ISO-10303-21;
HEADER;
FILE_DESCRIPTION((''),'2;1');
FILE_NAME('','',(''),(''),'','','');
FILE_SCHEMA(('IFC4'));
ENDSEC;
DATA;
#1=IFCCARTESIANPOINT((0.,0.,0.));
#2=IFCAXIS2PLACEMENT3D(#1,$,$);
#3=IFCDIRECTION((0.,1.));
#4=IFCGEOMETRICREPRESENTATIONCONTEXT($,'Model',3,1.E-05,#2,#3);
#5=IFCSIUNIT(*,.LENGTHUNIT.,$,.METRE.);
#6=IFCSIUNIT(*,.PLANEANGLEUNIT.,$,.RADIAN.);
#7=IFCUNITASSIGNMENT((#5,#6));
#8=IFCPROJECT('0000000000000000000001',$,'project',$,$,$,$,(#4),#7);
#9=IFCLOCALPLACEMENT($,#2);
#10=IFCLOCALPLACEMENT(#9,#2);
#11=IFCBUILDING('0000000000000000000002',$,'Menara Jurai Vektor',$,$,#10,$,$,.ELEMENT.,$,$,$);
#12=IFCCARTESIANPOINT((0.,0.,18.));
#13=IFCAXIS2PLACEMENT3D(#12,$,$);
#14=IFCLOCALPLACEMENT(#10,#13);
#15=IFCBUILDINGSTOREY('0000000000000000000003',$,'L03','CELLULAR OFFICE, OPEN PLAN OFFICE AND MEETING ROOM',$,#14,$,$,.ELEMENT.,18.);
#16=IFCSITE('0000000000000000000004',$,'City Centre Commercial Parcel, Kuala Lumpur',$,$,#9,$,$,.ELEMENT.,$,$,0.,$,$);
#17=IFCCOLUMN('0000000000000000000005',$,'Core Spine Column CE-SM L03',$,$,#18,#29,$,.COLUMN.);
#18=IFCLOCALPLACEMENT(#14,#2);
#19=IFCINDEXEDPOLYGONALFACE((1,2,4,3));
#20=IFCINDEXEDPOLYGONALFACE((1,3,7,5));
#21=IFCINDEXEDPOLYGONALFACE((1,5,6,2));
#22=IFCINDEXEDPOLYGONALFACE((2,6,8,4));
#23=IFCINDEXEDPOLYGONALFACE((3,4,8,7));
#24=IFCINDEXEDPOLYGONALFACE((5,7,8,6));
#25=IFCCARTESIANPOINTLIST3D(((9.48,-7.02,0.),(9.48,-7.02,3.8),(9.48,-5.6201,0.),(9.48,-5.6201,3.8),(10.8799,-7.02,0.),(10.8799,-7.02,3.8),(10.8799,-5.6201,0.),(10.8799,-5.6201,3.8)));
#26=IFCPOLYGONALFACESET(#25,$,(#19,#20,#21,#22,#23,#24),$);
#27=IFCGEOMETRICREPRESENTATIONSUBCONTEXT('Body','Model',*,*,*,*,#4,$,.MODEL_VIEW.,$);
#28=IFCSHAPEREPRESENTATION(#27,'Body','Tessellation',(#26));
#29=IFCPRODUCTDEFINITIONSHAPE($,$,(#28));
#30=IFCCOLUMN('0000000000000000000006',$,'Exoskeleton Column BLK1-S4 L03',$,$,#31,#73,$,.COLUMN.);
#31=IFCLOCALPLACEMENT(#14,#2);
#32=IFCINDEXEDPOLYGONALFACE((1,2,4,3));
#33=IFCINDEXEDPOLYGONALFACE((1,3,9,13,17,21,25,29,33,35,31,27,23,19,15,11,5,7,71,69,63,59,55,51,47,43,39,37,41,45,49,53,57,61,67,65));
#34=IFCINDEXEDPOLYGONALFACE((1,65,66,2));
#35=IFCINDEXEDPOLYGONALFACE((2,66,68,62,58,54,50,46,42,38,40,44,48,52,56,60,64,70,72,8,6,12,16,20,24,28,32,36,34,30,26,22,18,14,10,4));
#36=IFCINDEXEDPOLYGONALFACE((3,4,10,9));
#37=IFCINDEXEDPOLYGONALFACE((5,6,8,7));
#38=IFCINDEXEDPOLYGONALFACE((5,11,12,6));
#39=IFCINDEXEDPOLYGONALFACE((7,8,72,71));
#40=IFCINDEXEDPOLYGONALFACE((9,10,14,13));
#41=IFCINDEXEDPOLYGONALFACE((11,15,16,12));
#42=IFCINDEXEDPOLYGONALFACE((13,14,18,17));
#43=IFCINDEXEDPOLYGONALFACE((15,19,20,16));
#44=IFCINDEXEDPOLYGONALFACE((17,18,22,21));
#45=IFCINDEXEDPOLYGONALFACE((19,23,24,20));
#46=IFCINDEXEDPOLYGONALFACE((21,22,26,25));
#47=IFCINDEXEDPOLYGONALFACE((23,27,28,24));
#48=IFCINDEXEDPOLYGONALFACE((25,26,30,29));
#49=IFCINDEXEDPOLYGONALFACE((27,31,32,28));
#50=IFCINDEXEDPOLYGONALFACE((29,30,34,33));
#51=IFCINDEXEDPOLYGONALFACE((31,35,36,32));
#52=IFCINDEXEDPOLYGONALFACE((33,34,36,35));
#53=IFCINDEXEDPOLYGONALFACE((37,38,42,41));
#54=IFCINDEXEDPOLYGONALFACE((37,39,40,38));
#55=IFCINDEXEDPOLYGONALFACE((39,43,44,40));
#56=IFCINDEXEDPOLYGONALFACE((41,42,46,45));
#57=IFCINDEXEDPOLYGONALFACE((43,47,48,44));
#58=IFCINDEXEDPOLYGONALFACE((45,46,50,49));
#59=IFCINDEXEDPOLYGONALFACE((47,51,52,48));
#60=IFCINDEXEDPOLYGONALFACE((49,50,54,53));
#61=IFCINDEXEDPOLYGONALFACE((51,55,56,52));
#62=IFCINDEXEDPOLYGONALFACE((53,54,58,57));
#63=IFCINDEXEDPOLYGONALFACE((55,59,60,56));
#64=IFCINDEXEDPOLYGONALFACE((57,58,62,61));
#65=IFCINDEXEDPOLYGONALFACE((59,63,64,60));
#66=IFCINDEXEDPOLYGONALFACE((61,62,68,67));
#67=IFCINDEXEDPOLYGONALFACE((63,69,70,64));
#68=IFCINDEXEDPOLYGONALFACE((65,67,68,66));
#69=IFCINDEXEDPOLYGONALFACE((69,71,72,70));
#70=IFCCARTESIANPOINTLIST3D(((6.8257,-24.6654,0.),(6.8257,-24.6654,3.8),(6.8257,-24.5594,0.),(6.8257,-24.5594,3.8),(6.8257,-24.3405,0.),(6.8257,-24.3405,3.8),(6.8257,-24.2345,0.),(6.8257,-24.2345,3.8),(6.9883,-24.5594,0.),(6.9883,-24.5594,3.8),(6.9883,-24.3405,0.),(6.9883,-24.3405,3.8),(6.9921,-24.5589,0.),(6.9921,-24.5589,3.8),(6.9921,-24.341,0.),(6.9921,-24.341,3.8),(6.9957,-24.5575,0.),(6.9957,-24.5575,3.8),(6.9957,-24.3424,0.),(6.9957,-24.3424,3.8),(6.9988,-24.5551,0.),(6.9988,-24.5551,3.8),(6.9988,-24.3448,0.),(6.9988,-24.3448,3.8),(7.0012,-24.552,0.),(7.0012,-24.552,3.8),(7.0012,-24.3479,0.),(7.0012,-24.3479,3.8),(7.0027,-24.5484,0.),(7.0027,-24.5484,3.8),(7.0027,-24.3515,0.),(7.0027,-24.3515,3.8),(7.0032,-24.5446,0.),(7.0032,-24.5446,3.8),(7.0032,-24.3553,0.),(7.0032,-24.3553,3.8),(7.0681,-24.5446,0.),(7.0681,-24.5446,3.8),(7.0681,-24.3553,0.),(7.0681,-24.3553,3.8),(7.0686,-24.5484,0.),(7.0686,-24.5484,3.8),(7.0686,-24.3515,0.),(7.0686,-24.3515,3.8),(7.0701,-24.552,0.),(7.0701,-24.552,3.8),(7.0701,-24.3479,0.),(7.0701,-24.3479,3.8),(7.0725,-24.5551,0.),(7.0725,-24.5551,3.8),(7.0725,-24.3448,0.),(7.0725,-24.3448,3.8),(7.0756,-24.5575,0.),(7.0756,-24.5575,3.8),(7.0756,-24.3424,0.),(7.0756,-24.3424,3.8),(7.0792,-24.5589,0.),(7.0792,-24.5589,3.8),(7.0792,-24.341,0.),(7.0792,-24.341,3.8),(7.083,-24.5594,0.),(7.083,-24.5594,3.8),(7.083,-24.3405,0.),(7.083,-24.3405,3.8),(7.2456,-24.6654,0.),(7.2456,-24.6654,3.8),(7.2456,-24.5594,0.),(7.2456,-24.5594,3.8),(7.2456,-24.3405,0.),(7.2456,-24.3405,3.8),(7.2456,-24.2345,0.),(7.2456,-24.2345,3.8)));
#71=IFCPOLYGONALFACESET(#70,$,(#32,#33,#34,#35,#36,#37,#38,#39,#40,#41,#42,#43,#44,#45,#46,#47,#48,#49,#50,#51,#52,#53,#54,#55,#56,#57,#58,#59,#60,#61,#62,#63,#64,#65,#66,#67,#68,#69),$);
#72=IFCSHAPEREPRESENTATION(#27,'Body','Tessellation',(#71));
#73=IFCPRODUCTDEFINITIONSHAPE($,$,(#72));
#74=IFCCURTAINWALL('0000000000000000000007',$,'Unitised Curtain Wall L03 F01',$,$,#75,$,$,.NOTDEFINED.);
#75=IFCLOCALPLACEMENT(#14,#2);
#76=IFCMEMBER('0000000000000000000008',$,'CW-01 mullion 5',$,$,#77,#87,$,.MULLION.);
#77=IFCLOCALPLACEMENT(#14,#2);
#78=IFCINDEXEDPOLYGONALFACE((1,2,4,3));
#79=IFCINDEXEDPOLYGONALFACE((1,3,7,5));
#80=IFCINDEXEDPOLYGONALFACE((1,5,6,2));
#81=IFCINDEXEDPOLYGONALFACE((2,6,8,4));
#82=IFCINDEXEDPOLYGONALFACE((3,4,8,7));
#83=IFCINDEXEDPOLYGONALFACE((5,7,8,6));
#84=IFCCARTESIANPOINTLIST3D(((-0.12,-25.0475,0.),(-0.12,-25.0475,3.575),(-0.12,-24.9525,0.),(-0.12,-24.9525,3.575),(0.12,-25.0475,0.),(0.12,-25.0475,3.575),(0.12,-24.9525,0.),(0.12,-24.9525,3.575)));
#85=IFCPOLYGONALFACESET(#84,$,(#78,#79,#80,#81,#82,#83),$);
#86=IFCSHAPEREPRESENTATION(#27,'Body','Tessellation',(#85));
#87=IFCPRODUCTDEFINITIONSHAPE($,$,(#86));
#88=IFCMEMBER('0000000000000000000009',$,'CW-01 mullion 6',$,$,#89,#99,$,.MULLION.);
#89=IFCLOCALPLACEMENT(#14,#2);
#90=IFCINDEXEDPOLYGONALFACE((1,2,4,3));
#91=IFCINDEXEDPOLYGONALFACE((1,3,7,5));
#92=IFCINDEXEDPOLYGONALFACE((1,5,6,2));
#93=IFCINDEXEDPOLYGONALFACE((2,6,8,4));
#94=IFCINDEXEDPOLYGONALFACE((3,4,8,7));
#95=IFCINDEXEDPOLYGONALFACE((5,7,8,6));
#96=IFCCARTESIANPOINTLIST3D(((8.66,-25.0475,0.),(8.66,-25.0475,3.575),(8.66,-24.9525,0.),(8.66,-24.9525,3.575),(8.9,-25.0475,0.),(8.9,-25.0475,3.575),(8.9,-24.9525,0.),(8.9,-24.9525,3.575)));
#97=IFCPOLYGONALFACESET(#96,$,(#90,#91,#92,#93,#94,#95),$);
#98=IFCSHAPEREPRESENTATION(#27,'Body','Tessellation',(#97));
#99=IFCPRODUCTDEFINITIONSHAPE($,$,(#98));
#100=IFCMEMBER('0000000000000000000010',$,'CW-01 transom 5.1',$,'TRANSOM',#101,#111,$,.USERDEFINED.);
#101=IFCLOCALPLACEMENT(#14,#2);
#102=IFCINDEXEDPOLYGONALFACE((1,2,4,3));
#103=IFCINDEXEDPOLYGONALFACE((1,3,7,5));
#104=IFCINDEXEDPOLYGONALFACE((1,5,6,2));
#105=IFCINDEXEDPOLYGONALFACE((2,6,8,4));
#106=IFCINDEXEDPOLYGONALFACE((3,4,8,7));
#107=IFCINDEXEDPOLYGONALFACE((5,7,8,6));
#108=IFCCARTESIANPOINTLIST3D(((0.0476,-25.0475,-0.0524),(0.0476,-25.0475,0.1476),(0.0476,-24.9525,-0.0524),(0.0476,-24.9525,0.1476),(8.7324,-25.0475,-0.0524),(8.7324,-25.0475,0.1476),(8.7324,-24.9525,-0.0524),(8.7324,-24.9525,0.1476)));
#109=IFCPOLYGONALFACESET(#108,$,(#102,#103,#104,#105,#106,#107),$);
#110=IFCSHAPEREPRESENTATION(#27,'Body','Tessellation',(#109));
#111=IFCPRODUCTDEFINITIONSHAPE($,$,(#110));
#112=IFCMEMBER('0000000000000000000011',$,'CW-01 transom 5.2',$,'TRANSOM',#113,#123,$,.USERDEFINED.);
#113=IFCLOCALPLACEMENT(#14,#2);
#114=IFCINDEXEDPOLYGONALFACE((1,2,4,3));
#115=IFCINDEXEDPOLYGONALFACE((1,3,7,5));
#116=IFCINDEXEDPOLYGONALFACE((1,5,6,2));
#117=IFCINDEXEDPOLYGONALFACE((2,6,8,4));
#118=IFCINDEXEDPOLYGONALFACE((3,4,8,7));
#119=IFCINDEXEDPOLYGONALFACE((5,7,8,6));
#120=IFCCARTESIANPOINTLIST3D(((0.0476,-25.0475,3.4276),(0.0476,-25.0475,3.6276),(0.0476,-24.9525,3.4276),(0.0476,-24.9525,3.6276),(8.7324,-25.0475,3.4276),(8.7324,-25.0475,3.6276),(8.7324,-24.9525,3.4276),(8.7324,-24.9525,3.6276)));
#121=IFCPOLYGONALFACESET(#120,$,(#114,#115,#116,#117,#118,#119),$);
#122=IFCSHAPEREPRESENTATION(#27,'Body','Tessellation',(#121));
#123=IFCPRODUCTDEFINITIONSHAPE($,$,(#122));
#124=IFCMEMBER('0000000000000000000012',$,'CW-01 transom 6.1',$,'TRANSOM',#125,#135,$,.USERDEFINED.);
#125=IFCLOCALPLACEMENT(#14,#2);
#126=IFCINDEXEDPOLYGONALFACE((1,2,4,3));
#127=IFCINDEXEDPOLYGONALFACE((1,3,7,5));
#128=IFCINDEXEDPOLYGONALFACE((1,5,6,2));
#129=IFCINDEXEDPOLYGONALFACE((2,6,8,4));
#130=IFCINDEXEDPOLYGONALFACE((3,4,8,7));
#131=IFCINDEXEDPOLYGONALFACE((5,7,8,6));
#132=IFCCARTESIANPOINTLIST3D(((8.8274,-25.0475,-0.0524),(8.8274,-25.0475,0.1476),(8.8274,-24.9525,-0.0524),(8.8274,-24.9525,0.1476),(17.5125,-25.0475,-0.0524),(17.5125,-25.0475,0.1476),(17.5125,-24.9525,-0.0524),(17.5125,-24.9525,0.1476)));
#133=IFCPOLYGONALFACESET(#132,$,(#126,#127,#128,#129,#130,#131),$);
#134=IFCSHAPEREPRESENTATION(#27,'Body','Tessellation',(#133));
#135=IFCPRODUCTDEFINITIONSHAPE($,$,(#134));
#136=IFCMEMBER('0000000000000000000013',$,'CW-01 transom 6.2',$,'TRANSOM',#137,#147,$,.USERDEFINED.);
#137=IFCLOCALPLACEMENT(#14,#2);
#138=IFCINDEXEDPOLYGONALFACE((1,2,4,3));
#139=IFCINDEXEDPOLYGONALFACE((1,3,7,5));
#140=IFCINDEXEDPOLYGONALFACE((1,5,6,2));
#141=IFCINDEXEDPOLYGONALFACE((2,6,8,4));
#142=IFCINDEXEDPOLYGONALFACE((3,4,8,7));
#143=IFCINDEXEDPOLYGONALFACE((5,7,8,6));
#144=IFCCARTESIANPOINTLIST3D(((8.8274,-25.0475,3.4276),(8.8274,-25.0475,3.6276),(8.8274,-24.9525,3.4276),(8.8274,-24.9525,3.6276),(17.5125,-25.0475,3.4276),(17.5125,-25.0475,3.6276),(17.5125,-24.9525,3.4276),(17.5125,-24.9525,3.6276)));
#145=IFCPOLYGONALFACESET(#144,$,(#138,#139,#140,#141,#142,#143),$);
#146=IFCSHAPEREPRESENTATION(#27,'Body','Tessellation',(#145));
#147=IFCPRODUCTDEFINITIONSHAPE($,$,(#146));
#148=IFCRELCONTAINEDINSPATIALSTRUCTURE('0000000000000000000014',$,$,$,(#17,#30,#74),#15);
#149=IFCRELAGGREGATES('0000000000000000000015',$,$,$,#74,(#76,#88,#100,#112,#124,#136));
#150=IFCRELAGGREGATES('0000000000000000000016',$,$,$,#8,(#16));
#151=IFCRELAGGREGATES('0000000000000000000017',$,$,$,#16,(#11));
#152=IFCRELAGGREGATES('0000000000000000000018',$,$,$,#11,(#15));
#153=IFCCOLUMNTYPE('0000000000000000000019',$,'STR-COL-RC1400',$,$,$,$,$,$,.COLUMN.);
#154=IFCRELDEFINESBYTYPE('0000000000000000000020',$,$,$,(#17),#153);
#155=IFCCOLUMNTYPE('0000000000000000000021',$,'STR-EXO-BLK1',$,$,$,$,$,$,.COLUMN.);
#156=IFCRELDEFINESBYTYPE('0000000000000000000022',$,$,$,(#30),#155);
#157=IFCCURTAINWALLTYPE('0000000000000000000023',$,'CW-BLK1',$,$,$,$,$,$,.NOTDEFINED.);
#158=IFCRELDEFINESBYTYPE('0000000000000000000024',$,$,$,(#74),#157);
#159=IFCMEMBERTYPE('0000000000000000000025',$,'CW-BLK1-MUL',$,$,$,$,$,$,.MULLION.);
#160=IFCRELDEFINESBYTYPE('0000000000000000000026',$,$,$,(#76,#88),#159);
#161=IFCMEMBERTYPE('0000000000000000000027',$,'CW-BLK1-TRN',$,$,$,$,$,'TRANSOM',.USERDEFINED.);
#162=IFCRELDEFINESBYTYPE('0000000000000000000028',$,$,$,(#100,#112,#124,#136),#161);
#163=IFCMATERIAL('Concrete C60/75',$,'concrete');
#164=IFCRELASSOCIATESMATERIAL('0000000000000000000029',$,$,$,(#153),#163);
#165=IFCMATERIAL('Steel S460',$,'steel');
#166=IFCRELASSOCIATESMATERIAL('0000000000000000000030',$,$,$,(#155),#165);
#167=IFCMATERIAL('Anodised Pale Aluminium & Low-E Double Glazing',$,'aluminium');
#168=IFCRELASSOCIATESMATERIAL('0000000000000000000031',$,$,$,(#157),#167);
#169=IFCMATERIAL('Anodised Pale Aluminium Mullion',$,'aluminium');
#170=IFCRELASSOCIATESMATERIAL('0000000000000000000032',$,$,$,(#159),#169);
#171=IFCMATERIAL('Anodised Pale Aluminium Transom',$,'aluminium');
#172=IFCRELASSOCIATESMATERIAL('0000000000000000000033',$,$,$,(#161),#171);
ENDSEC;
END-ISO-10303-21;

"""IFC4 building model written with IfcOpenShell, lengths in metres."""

from ifc_helpers import new_model, si_unit, direction, frame, origin, origin_2d, place, context, subcontext, project, spatial, rectangle, i_section, extrude, material, material_profile, profile_set, type_object, element, aggregate, save


model = new_model("IFC4")

# Units and contexts
model_context = context("Model", 3, precision=1e-05, world=origin(), true_north=direction((0.0, 1.0)))
body_context = subcontext(model_context, "Body", "Model", "MODEL_VIEW")
ifc_project = project(units=[si_unit("LENGTHUNIT", "METRE"), si_unit("PLANEANGLEUNIT", "RADIAN")], contexts=[model_context])

# Site, building, storey
site_placement = place(None, origin())
site = spatial("IfcSite", under=ifc_project, at=site_placement, Name="City Centre Commercial Parcel, Kuala Lumpur", CompositionType="ELEMENT", RefElevation=0.0)
building_placement = place(site_placement, origin())
building = spatial("IfcBuilding", under=site, at=building_placement, Name="Menara Jurai Vektor", CompositionType="ELEMENT")
storey_placement = place(building_placement, frame((0.0, 0.0, 18.0)))
storey = spatial("IfcBuildingStorey", under=building, at=storey_placement, Name="L03", Description="CELLULAR OFFICE, OPEN PLAN OFFICE AND MEETING ROOM", CompositionType="ELEMENT", Elevation=18.0)

# Columns
ifc_material_1 = material(Name="Concrete C60/75", Category="concrete")
ifc_material_profile_1 = material_profile(ifc_material_1, rectangle(XDim=1.3999, YDim=1.3999, at=origin_2d()), Name="RC 1400x1400")
ifc_profile_set_1 = profile_set([ifc_material_profile_1], Name="Concrete C60/75")
column_type_1 = type_object("IfcColumnType", Name="STR-COL-RC1400", PredefinedType="COLUMN", material=ifc_profile_set_1)
column_1_placement = place(storey_placement, frame((10.1799, -6.3201, 0.0), z_axis=(0.0, 0.0, 1.0), x_axis=(1.0, 0.0, 0.0)))
element("IfcColumn", 1, at=column_1_placement, inside=storey, type_object=column_type_1, Name="Core Spine Column CE-SM L03", PredefinedType="COLUMN", context=body_context, shape_type="SweptSolid", body=[
    extrude(rectangle(XDim=1.3999, YDim=1.3999, at=origin_2d()), origin(), (0.0, 0.0, 1.0), 3.8),
])
ifc_material_2 = material(Name="Steel S460", Category="steel")
ifc_material_profile_2 = material_profile(ifc_material_2, i_section(OverallWidth=0.4199, OverallDepth=0.4309, WebThickness=0.0649, FlangeThickness=0.106, FilletRadius=0.0149, at=origin_2d()), Name="HD 400x900")
ifc_profile_set_2 = profile_set([ifc_material_profile_2], Name="Steel S460")
column_type_2 = type_object("IfcColumnType", Name="STR-EXO-BLK1", PredefinedType="COLUMN", material=ifc_profile_set_2)
column_2_placement = place(storey_placement, frame((7.0356, -24.45, 0.0), z_axis=(0.0, 0.0, 1.0), x_axis=(1.0, 0.0, 0.0)))
element("IfcColumn", 2, at=column_2_placement, inside=storey, type_object=column_type_2, Name="Exoskeleton Column BLK1-S4 L03", PredefinedType="COLUMN", context=body_context, shape_type="SweptSolid", body=[
    extrude(i_section(OverallWidth=0.4199, OverallDepth=0.4309, WebThickness=0.0649, FlangeThickness=0.106, FilletRadius=0.0149, at=origin_2d()), origin(), (0.0, 0.0, 1.0), 3.8),
])

# Curtain wall, members
ifc_material_3 = material(Name="Anodised Pale Aluminium & Low-E Double Glazing", Category="aluminium")
curtain_wall_type = type_object("IfcCurtainWallType", Name="CW-BLK1", PredefinedType="NOTDEFINED", material=ifc_material_3)
curtain_wall_placement = place(storey_placement, origin())
curtain_wall = element("IfcCurtainWall", 3, at=curtain_wall_placement, inside=storey, type_object=curtain_wall_type, Name="Unitised Curtain Wall L03 F01", PredefinedType="NOTDEFINED")
ifc_material_4 = material(Name="Anodised Pale Aluminium Mullion", Category="aluminium")
ifc_material_profile_3 = material_profile(ifc_material_4, rectangle(XDim=0.095, YDim=0.24, at=origin_2d()), Name="ALU MUL 95x240")
ifc_profile_set_3 = profile_set([ifc_material_profile_3], Name="Anodised Pale Aluminium Mullion")
member_type_1 = type_object("IfcMemberType", Name="CW-BLK1-MUL", PredefinedType="MULLION", material=ifc_profile_set_3)
member_1_placement = place(storey_placement, frame((0.0, -25.0, 0.0), z_axis=(0.0, 0.0, 1.0), x_axis=(0.0, 1.0, 0.0)))
member_1 = element("IfcMember", 4, at=member_1_placement, type_object=member_type_1, Name="CW-01 mullion 5", PredefinedType="MULLION", context=body_context, shape_type="SweptSolid", body=[
    extrude(rectangle(XDim=0.095, YDim=0.24, at=origin_2d()), origin(), (0.0, 0.0, 1.0), 3.575),
])
member_2_placement = place(storey_placement, frame((8.78, -25.0, 0.0), z_axis=(0.0, 0.0, 1.0), x_axis=(0.0, 1.0, 0.0)))
member_2 = element("IfcMember", 5, at=member_2_placement, type_object=member_type_1, Name="CW-01 mullion 6", PredefinedType="MULLION", context=body_context, shape_type="SweptSolid", body=[
    extrude(rectangle(XDim=0.095, YDim=0.24, at=origin_2d()), origin(), (0.0, 0.0, 1.0), 3.575),
])
ifc_material_5 = material(Name="Anodised Pale Aluminium Transom", Category="aluminium")
ifc_material_profile_4 = material_profile(ifc_material_5, rectangle(XDim=0.095, YDim=0.2, at=origin_2d()), Name="ALU TRN 95x200")
ifc_profile_set_4 = profile_set([ifc_material_profile_4], Name="Anodised Pale Aluminium Transom")
member_type_2 = type_object("IfcMemberType", Name="CW-BLK1-TRN", ElementType="TRANSOM", PredefinedType="USERDEFINED", material=ifc_profile_set_4)
member_3_placement = place(storey_placement, frame((0.0476, -25.0, 0.0476), z_axis=(1.0, 0.0, 0.0), x_axis=(0.0, 1.0, 0.0)))
member_3 = element("IfcMember", 6, at=member_3_placement, type_object=member_type_2, Name="CW-01 transom 5.1", ObjectType="TRANSOM", PredefinedType="USERDEFINED", context=body_context, shape_type="SweptSolid", body=[
    extrude(rectangle(XDim=0.095, YDim=0.2, at=origin_2d()), origin(), (0.0, 0.0, 1.0), 8.6848),
])
member_4_placement = place(storey_placement, frame((0.0476, -25.0, 3.5276), z_axis=(1.0, 0.0, 0.0), x_axis=(0.0, 1.0, 0.0)))
member_4 = element("IfcMember", 7, at=member_4_placement, type_object=member_type_2, Name="CW-01 transom 5.2", ObjectType="TRANSOM", PredefinedType="USERDEFINED", context=body_context, shape_type="SweptSolid", body=[
    extrude(rectangle(XDim=0.095, YDim=0.2, at=origin_2d()), origin(), (0.0, 0.0, 1.0), 8.6848),
])
member_5_placement = place(storey_placement, frame((8.8274, -25.0, 0.0476), z_axis=(1.0, 0.0, 0.0), x_axis=(0.0, 1.0, 0.0)))
member_5 = element("IfcMember", 8, at=member_5_placement, type_object=member_type_2, Name="CW-01 transom 6.1", ObjectType="TRANSOM", PredefinedType="USERDEFINED", context=body_context, shape_type="SweptSolid", body=[
    extrude(rectangle(XDim=0.095, YDim=0.2, at=origin_2d()), origin(), (0.0, 0.0, 1.0), 8.6851),
])
member_6_placement = place(storey_placement, frame((8.8274, -25.0, 3.5276), z_axis=(1.0, 0.0, 0.0), x_axis=(0.0, 1.0, 0.0)))
member_6 = element("IfcMember", 9, at=member_6_placement, type_object=member_type_2, Name="CW-01 transom 6.2", ObjectType="TRANSOM", PredefinedType="USERDEFINED", context=body_context, shape_type="SweptSolid", body=[
    extrude(rectangle(XDim=0.095, YDim=0.2, at=origin_2d()), origin(), (0.0, 0.0, 1.0), 8.6851),
])

aggregate(curtain_wall, [member_1, member_2, member_3, member_4, member_5, member_6])

save(model, "model.ifc")
